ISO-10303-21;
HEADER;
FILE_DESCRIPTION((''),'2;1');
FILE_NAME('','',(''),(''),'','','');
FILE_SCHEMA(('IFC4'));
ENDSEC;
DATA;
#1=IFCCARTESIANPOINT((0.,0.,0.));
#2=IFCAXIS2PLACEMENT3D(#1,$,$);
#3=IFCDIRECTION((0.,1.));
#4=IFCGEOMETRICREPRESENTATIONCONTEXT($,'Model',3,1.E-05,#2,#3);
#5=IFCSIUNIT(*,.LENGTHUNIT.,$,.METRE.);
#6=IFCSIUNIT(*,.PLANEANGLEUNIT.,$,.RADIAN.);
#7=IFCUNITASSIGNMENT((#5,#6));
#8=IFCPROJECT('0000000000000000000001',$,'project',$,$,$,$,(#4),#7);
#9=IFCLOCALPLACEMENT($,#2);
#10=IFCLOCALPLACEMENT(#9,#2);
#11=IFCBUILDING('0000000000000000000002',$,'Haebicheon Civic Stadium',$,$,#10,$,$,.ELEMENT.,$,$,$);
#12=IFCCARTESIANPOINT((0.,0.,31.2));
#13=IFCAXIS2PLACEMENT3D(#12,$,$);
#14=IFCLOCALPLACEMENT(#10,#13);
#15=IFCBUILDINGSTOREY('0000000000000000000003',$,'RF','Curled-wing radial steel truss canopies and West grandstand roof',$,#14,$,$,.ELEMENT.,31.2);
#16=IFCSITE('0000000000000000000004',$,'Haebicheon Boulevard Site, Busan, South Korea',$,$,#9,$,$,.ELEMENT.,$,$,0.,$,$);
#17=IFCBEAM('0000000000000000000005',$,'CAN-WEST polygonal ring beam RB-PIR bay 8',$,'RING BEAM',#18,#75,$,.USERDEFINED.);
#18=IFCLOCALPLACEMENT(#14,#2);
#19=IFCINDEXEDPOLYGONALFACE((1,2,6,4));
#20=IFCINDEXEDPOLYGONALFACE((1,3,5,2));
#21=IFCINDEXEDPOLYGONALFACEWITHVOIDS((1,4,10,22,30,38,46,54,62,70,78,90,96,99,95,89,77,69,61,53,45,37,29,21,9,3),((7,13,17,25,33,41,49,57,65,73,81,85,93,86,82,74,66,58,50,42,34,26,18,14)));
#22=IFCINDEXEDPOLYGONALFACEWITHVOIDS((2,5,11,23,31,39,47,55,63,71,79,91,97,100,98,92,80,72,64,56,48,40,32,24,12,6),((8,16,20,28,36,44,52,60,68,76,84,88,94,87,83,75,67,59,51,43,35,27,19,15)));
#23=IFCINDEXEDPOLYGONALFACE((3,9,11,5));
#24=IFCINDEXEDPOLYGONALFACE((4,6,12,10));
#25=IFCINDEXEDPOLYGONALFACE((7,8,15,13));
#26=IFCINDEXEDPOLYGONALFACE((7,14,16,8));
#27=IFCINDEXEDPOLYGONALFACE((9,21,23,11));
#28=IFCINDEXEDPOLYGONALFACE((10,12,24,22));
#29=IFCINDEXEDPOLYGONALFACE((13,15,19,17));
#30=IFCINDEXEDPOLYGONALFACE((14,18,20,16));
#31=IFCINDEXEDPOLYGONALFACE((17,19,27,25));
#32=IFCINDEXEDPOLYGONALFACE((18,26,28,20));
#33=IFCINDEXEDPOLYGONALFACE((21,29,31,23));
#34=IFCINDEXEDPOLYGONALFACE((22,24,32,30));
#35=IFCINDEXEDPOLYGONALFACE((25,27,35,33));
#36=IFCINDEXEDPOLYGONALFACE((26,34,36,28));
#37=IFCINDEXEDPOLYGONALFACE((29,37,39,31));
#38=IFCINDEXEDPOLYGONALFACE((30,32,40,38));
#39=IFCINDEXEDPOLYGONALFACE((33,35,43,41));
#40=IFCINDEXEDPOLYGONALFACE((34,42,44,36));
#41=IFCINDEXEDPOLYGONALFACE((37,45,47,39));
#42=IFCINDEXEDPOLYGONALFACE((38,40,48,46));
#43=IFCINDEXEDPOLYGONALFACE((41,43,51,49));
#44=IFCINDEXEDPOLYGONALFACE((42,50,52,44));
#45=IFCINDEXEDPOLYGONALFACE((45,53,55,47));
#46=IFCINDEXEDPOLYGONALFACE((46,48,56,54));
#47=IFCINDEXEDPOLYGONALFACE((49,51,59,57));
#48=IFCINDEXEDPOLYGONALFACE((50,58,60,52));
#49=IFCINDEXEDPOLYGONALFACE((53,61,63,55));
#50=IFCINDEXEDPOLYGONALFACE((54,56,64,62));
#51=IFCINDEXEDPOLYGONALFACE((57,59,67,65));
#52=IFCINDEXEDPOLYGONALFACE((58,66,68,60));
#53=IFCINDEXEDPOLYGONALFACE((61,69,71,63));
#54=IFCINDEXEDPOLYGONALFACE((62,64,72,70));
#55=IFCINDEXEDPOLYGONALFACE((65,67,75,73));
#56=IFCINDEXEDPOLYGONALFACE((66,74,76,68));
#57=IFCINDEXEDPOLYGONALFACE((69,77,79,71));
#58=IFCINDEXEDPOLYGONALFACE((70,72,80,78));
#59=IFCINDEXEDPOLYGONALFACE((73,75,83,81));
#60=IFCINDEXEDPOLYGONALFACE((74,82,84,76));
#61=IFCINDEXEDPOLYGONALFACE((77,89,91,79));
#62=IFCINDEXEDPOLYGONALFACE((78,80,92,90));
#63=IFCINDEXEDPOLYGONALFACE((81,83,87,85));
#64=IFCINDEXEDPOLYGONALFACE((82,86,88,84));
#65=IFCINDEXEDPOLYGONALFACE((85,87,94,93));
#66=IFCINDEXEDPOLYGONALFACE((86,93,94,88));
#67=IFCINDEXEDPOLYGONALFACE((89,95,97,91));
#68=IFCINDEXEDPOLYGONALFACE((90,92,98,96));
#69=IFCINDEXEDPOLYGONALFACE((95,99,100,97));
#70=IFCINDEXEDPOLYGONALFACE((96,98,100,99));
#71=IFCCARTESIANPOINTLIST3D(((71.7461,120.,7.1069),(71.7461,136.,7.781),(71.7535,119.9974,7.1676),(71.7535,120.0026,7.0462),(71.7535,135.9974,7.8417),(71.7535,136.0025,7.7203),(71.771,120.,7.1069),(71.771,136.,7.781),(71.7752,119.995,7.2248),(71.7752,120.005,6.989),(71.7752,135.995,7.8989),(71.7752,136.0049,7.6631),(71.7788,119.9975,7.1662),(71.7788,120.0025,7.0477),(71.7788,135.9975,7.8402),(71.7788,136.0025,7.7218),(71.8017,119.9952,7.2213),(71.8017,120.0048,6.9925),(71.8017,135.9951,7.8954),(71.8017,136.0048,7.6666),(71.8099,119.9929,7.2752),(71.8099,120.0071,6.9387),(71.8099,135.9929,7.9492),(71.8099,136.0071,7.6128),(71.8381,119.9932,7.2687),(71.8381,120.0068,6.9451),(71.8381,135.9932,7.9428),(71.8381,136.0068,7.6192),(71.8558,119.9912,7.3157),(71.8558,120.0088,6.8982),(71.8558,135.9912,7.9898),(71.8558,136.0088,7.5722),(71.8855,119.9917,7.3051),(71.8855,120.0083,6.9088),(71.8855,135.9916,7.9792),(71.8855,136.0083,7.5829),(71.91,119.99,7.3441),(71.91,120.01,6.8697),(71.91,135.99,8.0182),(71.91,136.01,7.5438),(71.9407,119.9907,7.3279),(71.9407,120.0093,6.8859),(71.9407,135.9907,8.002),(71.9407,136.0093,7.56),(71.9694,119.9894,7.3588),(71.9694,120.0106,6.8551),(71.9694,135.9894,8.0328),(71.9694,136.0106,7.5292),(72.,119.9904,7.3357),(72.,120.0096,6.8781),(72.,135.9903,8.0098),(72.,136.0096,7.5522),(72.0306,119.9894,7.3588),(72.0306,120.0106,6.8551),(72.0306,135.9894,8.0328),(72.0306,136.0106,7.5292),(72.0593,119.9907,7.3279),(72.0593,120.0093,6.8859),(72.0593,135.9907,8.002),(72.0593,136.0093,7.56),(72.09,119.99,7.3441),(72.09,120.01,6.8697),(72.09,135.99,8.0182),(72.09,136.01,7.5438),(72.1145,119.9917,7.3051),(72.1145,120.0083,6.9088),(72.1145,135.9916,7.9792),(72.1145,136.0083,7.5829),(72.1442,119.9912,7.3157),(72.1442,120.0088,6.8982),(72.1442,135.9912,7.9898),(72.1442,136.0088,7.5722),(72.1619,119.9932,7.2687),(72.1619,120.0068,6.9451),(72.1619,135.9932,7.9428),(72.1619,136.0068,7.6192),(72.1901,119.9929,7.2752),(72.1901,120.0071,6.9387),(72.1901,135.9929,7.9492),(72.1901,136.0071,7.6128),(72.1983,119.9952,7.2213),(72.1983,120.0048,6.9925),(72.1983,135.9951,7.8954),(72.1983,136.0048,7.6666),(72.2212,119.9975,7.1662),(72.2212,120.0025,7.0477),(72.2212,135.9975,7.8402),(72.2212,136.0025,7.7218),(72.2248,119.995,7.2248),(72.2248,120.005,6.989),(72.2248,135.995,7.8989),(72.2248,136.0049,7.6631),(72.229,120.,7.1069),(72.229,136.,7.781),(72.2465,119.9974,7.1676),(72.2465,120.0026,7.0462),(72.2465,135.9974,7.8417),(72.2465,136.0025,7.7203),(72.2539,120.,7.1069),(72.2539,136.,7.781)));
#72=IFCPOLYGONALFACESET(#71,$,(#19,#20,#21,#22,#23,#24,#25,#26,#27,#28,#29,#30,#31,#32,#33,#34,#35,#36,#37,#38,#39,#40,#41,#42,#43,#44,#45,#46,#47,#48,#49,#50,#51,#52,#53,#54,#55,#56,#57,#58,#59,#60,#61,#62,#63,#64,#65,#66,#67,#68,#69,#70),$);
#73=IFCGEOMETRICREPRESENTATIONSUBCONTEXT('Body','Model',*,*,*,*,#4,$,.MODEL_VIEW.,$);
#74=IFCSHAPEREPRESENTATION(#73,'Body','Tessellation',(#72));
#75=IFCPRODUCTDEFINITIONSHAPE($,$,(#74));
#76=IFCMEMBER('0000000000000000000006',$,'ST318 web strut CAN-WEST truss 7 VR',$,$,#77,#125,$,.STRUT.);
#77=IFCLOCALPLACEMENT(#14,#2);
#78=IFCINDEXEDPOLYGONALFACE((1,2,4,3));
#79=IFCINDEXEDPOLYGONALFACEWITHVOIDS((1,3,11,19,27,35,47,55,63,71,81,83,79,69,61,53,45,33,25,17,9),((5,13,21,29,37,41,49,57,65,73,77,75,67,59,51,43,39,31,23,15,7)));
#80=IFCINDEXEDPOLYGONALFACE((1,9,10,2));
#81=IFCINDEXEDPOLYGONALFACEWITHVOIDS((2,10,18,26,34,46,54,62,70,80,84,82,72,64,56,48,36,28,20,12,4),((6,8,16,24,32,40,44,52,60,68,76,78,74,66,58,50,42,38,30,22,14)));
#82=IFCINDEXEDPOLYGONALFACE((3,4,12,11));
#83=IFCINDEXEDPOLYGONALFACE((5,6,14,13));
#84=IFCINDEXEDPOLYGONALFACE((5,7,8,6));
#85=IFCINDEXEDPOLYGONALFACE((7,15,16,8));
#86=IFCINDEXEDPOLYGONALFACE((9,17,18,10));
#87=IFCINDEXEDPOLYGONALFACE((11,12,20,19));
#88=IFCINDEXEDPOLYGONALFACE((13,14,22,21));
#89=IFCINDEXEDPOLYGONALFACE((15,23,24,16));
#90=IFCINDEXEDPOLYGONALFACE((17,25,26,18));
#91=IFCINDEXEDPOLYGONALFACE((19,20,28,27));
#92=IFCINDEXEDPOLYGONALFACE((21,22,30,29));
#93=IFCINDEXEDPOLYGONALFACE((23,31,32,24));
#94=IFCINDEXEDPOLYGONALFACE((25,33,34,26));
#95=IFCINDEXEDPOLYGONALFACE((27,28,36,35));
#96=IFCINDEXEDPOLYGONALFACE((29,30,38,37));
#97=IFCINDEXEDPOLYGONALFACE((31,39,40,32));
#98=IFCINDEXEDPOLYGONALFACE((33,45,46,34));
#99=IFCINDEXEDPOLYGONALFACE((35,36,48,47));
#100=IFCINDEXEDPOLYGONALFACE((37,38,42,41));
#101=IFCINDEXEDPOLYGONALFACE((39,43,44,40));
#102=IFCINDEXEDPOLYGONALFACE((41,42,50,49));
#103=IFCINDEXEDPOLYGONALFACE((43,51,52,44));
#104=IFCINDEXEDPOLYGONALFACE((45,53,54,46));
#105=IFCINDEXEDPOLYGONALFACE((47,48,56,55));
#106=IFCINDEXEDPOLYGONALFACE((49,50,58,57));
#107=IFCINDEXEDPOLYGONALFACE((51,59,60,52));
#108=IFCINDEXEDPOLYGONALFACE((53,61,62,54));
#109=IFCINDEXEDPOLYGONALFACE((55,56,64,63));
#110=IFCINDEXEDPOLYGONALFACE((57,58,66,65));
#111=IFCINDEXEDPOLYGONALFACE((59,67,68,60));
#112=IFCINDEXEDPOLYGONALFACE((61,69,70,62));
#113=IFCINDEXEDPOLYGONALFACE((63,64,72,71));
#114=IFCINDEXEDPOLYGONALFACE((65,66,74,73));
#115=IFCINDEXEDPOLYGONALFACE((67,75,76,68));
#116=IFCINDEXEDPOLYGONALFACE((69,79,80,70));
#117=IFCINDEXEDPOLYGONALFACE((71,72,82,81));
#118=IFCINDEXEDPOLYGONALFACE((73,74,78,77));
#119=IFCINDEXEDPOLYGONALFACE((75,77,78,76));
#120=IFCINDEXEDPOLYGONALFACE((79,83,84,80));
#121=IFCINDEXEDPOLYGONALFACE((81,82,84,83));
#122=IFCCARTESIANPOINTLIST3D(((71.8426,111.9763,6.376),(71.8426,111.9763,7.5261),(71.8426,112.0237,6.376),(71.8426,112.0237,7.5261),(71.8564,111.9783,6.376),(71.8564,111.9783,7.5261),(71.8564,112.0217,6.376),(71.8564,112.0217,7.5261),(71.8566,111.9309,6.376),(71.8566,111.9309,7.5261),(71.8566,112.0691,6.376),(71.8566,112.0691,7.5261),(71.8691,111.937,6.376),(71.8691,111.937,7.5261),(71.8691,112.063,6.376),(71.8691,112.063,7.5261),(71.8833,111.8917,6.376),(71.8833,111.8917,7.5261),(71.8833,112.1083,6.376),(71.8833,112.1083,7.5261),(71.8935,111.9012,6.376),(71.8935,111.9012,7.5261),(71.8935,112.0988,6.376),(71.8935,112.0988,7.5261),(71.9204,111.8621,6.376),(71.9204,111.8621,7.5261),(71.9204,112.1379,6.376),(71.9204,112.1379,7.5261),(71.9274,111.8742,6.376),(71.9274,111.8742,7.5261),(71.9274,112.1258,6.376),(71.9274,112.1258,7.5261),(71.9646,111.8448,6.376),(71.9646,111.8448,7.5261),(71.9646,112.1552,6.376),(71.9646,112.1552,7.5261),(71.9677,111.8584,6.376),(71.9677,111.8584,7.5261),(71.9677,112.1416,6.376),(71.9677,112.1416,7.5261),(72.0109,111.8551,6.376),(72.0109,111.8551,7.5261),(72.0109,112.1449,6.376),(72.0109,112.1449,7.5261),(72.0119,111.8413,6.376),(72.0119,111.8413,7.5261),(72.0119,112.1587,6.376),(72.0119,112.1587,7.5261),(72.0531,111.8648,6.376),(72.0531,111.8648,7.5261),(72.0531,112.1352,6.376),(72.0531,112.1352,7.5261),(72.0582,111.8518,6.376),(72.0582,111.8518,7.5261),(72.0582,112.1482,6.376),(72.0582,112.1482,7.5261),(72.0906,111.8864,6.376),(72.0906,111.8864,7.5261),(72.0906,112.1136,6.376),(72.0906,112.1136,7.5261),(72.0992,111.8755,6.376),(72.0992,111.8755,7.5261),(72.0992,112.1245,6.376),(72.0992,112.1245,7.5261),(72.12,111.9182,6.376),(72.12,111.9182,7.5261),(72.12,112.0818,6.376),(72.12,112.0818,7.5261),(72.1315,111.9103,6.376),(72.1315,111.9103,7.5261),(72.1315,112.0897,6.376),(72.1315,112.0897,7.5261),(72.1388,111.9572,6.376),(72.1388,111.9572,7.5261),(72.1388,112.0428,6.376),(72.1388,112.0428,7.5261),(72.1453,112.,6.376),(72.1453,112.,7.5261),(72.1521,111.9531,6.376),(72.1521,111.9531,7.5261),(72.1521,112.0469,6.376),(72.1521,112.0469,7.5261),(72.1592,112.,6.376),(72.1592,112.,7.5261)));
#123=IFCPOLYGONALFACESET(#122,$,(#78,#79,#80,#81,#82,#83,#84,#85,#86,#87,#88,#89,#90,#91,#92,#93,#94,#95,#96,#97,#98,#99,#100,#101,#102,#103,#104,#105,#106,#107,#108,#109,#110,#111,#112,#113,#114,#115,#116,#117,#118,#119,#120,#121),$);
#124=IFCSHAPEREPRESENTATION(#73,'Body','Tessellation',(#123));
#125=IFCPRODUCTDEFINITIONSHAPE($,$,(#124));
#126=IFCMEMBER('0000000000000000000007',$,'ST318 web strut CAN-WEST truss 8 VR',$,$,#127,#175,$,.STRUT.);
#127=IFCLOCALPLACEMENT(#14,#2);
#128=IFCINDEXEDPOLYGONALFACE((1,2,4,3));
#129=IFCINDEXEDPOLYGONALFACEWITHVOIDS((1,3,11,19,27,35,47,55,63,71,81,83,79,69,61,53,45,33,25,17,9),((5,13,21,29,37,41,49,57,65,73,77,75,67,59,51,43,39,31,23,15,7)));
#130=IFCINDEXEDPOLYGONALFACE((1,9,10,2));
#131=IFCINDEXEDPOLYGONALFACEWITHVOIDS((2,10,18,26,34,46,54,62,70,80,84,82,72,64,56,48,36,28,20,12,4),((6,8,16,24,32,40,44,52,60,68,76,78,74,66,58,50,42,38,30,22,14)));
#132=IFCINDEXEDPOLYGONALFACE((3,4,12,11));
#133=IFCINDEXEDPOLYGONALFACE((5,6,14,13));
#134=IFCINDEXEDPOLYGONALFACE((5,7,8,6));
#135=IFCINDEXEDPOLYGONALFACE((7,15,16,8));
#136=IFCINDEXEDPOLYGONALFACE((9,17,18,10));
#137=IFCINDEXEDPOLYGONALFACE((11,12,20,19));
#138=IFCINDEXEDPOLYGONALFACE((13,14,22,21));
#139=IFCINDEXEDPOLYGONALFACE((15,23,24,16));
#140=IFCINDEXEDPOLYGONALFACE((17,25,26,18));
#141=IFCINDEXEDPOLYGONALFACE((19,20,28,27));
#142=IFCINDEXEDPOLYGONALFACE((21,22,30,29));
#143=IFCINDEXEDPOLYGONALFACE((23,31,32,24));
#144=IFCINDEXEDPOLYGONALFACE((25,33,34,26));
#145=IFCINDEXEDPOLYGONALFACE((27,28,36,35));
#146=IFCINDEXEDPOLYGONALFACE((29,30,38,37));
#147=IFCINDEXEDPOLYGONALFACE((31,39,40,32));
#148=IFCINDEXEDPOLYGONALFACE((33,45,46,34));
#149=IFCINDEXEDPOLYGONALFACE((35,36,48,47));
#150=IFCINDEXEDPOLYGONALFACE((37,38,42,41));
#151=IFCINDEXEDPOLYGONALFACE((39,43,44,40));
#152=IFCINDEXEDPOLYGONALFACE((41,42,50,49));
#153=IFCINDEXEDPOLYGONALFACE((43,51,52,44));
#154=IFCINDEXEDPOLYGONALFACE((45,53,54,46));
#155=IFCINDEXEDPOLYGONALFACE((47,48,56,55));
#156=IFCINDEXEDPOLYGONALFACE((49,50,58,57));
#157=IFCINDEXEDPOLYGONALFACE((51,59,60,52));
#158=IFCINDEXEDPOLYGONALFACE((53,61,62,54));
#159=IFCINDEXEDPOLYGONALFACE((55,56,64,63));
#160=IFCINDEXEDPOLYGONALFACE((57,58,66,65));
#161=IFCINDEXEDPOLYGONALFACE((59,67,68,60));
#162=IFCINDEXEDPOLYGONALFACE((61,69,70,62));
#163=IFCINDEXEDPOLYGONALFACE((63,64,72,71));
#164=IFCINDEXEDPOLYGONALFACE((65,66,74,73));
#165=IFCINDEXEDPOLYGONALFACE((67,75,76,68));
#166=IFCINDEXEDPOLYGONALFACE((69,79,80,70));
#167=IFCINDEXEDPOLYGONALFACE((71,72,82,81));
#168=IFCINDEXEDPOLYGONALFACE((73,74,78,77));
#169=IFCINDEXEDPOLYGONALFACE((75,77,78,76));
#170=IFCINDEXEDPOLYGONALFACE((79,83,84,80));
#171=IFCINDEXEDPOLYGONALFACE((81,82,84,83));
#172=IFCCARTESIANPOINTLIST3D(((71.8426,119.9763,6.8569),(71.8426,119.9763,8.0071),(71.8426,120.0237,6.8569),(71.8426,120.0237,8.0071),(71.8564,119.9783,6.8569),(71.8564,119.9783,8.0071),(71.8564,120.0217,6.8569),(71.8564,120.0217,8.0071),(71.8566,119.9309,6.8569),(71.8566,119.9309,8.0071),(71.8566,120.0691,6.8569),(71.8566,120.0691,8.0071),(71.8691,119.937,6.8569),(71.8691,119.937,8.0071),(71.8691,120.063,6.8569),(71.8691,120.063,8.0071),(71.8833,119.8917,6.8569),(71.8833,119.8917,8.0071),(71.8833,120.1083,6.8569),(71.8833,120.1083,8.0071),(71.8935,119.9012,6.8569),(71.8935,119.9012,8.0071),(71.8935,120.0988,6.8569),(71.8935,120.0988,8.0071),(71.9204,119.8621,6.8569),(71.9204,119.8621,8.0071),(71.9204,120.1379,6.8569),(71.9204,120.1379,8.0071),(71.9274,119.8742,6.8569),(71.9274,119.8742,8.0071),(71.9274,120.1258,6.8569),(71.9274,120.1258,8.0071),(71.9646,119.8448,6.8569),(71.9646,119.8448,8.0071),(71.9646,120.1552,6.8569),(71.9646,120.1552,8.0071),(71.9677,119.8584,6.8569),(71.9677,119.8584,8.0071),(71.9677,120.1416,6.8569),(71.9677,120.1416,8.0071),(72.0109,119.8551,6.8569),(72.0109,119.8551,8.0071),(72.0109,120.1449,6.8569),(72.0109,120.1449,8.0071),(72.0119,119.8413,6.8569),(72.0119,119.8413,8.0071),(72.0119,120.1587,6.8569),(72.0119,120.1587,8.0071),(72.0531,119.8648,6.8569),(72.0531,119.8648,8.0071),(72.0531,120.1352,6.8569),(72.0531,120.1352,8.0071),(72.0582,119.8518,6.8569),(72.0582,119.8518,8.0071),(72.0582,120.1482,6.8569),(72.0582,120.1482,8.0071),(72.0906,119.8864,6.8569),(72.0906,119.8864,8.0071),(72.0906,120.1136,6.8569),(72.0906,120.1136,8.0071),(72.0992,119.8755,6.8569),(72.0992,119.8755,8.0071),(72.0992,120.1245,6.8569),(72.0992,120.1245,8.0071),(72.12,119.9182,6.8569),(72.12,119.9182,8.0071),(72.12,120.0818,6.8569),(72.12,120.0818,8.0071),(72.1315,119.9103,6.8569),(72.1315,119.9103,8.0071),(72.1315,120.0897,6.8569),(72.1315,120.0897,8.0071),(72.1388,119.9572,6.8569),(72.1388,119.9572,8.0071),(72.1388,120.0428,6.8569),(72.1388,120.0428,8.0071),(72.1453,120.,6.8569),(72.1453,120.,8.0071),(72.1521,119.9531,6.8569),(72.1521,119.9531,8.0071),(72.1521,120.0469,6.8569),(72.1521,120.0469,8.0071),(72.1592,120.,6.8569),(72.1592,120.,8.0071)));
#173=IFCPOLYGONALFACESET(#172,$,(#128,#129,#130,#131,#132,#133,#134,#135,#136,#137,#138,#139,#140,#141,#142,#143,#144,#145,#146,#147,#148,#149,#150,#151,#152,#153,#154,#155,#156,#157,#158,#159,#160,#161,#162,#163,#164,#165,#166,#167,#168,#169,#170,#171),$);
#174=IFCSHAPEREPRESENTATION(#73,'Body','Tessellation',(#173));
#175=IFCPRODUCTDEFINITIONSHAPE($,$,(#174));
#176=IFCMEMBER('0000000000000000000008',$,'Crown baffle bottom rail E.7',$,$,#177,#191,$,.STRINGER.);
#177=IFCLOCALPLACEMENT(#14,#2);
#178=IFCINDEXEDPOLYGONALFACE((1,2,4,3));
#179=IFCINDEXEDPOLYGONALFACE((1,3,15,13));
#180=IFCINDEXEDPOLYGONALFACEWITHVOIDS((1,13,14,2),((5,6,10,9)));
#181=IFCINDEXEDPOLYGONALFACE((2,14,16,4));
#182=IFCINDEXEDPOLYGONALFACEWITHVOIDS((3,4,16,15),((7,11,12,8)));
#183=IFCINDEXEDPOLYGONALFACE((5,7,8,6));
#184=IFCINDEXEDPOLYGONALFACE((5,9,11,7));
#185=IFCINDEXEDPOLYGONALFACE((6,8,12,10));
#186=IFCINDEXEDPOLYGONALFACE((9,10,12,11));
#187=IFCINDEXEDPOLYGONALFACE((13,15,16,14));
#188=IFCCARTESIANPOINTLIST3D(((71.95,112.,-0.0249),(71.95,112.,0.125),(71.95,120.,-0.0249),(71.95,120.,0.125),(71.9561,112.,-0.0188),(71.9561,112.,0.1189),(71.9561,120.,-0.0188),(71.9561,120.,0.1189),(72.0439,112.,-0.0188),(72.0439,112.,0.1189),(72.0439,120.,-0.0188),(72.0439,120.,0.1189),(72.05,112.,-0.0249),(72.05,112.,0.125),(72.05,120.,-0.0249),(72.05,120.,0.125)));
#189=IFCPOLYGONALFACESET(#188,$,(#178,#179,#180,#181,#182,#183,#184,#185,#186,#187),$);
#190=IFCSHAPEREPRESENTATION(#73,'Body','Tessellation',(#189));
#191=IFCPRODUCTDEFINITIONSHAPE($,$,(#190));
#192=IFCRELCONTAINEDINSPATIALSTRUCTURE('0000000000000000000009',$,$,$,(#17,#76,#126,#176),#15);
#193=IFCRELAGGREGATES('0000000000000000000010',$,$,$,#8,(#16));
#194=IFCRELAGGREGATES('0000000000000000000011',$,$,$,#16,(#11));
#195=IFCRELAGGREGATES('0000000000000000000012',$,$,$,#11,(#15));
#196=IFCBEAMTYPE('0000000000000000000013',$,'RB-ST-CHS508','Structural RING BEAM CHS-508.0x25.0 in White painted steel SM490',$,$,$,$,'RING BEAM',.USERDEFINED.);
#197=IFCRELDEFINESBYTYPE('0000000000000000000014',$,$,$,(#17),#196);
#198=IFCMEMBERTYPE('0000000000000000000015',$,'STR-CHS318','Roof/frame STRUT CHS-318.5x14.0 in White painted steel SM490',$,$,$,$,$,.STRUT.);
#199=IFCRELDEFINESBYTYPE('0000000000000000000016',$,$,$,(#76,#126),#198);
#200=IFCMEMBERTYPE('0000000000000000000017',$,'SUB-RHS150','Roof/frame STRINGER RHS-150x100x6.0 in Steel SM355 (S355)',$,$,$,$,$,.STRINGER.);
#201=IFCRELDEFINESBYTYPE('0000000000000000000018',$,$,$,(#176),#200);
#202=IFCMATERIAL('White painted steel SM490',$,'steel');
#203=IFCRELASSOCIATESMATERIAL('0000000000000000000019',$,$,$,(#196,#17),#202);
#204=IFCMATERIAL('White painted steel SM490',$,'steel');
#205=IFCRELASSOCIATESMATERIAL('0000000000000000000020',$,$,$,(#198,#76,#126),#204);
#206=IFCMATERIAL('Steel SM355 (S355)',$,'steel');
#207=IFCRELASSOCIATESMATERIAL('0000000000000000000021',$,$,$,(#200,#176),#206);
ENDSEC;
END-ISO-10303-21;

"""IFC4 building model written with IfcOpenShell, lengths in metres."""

from ifc_helpers import new_model, si_unit, direction, frame, origin, origin_2d, place, context, subcontext, project, spatial, hollow_rectangle, hollow_circle, extrude, material, material_profile, profile_set, type_object, element, save


model = new_model("IFC4")

# Units and contexts
model_context = context("Model", 3, precision=1e-05, world=origin(), true_north=direction((0.0, 1.0)))
body_context = subcontext(model_context, "Body", "Model", "MODEL_VIEW")
ifc_project = project(units=[si_unit("LENGTHUNIT", "METRE"), si_unit("PLANEANGLEUNIT", "RADIAN")], contexts=[model_context])

# Site, building, storey
site_placement = place(None, origin())
site = spatial("IfcSite", under=ifc_project, at=site_placement, Name="Haebicheon Boulevard Site, Busan, South Korea", CompositionType="ELEMENT", RefElevation=0.0)
building_placement = place(site_placement, origin())
building = spatial("IfcBuilding", under=site, at=building_placement, Name="Haebicheon Civic Stadium", CompositionType="ELEMENT")
storey_placement = place(building_placement, frame((0.0, 0.0, 31.2)))
storey = spatial("IfcBuildingStorey", under=building, at=storey_placement, Name="RF", Description="Curled-wing radial steel truss canopies and West grandstand roof", CompositionType="ELEMENT", Elevation=31.2)

# Beam
ifc_material_1 = material(Name="White painted steel SM490", Category="steel")
ifc_material_profile_1 = material_profile(ifc_material_1, hollow_circle(Radius=0.2539, WallThickness=0.0249, at=origin_2d()), Name="CHS-508.0x25.0")
ifc_profile_set_1 = profile_set([ifc_material_profile_1], Name="White painted steel SM490")
beam_type = type_object("IfcBeamType", Name="RB-ST-CHS508", Description="Structural RING BEAM CHS-508.0x25.0 in White painted steel SM490", ElementType="RING BEAM", PredefinedType="USERDEFINED", material=ifc_profile_set_1)
beam_1_placement = place(storey_placement, frame((72.0, 120.0, 7.1069), z_axis=(0.0, 0.999114, 0.042092), x_axis=(-1.0, 0.0, 0.0)))
element("IfcBeam", 1, at=beam_1_placement, inside=storey, type_object=beam_type, material=ifc_profile_set_1, Name="CAN-WEST polygonal ring beam RB-PIR bay 8", ObjectType="RING BEAM", PredefinedType="USERDEFINED", context=body_context, shape_type="SweptSolid", body=[
    extrude(hollow_circle(Radius=0.2539, WallThickness=0.0249, at=origin_2d()), origin(), (0.0, 0.0, 1.0), 16.0142),
])

# Members
ifc_material_2 = material(Name="White painted steel SM490", Category="steel")
ifc_material_profile_2 = material_profile(ifc_material_2, hollow_circle(Radius=0.1592, WallThickness=0.0139, at=origin_2d()), Name="CHS-318.5x14.0")
ifc_profile_set_2 = profile_set([ifc_material_profile_2], Name="White painted steel SM490")
member_type_1 = type_object("IfcMemberType", Name="STR-CHS318", Description="Roof/frame STRUT CHS-318.5x14.0 in White painted steel SM490", PredefinedType="STRUT", material=ifc_profile_set_2)
for number, where, z_axis, x_axis, name in (
    (2, (72.0, 112.0, 6.376), (0.0, 0.0, 1.0), (1.0, 0.0, 0.0), "ST318 web strut CAN-WEST truss 7 VR"),
    (3, (72.0, 120.0, 6.8569), (0.0, 0.0, 1.0), (1.0, 0.0, 0.0), "ST318 web strut CAN-WEST truss 8 VR"),
):
    element("IfcMember", number, at=place(storey_placement, frame(where, z_axis=z_axis, x_axis=x_axis)), inside=storey, type_object=member_type_1, material=ifc_profile_set_2, Name=name, PredefinedType="STRUT", context=body_context, shape_type="SweptSolid", body=[
        extrude(hollow_circle(Radius=0.1592, WallThickness=0.0139, at=origin_2d()), origin(), (0.0, 0.0, 1.0), 1.1501),
    ])
ifc_material_3 = material(Name="Steel SM355 (S355)", Category="steel")
ifc_material_profile_3 = material_profile(ifc_material_3, hollow_rectangle(XDim=0.1001, YDim=0.1499, WallThickness=0.0061, at=origin_2d()), Name="RHS-150x100x6.0")
ifc_profile_set_3 = profile_set([ifc_material_profile_3], Name="Steel SM355 (S355)")
member_type_2 = type_object("IfcMemberType", Name="SUB-RHS150", Description="Roof/frame STRINGER RHS-150x100x6.0 in Steel SM355 (S355)", PredefinedType="STRINGER", material=ifc_profile_set_3)
member_1_placement = place(storey_placement, frame((72.0, 112.0, 0.05), z_axis=(0.0, 1.0, 0.0), x_axis=(-1.0, 0.0, 0.0)))
element("IfcMember", 4, at=member_1_placement, inside=storey, type_object=member_type_2, material=ifc_profile_set_3, Name="Crown baffle bottom rail E.7", PredefinedType="STRINGER", context=body_context, shape_type="SweptSolid", body=[
    extrude(hollow_rectangle(XDim=0.1001, YDim=0.1499, WallThickness=0.0061, at=origin_2d()), origin(), (0.0, 0.0, 1.0), 8.0),
])

save(model, "model.ifc")
